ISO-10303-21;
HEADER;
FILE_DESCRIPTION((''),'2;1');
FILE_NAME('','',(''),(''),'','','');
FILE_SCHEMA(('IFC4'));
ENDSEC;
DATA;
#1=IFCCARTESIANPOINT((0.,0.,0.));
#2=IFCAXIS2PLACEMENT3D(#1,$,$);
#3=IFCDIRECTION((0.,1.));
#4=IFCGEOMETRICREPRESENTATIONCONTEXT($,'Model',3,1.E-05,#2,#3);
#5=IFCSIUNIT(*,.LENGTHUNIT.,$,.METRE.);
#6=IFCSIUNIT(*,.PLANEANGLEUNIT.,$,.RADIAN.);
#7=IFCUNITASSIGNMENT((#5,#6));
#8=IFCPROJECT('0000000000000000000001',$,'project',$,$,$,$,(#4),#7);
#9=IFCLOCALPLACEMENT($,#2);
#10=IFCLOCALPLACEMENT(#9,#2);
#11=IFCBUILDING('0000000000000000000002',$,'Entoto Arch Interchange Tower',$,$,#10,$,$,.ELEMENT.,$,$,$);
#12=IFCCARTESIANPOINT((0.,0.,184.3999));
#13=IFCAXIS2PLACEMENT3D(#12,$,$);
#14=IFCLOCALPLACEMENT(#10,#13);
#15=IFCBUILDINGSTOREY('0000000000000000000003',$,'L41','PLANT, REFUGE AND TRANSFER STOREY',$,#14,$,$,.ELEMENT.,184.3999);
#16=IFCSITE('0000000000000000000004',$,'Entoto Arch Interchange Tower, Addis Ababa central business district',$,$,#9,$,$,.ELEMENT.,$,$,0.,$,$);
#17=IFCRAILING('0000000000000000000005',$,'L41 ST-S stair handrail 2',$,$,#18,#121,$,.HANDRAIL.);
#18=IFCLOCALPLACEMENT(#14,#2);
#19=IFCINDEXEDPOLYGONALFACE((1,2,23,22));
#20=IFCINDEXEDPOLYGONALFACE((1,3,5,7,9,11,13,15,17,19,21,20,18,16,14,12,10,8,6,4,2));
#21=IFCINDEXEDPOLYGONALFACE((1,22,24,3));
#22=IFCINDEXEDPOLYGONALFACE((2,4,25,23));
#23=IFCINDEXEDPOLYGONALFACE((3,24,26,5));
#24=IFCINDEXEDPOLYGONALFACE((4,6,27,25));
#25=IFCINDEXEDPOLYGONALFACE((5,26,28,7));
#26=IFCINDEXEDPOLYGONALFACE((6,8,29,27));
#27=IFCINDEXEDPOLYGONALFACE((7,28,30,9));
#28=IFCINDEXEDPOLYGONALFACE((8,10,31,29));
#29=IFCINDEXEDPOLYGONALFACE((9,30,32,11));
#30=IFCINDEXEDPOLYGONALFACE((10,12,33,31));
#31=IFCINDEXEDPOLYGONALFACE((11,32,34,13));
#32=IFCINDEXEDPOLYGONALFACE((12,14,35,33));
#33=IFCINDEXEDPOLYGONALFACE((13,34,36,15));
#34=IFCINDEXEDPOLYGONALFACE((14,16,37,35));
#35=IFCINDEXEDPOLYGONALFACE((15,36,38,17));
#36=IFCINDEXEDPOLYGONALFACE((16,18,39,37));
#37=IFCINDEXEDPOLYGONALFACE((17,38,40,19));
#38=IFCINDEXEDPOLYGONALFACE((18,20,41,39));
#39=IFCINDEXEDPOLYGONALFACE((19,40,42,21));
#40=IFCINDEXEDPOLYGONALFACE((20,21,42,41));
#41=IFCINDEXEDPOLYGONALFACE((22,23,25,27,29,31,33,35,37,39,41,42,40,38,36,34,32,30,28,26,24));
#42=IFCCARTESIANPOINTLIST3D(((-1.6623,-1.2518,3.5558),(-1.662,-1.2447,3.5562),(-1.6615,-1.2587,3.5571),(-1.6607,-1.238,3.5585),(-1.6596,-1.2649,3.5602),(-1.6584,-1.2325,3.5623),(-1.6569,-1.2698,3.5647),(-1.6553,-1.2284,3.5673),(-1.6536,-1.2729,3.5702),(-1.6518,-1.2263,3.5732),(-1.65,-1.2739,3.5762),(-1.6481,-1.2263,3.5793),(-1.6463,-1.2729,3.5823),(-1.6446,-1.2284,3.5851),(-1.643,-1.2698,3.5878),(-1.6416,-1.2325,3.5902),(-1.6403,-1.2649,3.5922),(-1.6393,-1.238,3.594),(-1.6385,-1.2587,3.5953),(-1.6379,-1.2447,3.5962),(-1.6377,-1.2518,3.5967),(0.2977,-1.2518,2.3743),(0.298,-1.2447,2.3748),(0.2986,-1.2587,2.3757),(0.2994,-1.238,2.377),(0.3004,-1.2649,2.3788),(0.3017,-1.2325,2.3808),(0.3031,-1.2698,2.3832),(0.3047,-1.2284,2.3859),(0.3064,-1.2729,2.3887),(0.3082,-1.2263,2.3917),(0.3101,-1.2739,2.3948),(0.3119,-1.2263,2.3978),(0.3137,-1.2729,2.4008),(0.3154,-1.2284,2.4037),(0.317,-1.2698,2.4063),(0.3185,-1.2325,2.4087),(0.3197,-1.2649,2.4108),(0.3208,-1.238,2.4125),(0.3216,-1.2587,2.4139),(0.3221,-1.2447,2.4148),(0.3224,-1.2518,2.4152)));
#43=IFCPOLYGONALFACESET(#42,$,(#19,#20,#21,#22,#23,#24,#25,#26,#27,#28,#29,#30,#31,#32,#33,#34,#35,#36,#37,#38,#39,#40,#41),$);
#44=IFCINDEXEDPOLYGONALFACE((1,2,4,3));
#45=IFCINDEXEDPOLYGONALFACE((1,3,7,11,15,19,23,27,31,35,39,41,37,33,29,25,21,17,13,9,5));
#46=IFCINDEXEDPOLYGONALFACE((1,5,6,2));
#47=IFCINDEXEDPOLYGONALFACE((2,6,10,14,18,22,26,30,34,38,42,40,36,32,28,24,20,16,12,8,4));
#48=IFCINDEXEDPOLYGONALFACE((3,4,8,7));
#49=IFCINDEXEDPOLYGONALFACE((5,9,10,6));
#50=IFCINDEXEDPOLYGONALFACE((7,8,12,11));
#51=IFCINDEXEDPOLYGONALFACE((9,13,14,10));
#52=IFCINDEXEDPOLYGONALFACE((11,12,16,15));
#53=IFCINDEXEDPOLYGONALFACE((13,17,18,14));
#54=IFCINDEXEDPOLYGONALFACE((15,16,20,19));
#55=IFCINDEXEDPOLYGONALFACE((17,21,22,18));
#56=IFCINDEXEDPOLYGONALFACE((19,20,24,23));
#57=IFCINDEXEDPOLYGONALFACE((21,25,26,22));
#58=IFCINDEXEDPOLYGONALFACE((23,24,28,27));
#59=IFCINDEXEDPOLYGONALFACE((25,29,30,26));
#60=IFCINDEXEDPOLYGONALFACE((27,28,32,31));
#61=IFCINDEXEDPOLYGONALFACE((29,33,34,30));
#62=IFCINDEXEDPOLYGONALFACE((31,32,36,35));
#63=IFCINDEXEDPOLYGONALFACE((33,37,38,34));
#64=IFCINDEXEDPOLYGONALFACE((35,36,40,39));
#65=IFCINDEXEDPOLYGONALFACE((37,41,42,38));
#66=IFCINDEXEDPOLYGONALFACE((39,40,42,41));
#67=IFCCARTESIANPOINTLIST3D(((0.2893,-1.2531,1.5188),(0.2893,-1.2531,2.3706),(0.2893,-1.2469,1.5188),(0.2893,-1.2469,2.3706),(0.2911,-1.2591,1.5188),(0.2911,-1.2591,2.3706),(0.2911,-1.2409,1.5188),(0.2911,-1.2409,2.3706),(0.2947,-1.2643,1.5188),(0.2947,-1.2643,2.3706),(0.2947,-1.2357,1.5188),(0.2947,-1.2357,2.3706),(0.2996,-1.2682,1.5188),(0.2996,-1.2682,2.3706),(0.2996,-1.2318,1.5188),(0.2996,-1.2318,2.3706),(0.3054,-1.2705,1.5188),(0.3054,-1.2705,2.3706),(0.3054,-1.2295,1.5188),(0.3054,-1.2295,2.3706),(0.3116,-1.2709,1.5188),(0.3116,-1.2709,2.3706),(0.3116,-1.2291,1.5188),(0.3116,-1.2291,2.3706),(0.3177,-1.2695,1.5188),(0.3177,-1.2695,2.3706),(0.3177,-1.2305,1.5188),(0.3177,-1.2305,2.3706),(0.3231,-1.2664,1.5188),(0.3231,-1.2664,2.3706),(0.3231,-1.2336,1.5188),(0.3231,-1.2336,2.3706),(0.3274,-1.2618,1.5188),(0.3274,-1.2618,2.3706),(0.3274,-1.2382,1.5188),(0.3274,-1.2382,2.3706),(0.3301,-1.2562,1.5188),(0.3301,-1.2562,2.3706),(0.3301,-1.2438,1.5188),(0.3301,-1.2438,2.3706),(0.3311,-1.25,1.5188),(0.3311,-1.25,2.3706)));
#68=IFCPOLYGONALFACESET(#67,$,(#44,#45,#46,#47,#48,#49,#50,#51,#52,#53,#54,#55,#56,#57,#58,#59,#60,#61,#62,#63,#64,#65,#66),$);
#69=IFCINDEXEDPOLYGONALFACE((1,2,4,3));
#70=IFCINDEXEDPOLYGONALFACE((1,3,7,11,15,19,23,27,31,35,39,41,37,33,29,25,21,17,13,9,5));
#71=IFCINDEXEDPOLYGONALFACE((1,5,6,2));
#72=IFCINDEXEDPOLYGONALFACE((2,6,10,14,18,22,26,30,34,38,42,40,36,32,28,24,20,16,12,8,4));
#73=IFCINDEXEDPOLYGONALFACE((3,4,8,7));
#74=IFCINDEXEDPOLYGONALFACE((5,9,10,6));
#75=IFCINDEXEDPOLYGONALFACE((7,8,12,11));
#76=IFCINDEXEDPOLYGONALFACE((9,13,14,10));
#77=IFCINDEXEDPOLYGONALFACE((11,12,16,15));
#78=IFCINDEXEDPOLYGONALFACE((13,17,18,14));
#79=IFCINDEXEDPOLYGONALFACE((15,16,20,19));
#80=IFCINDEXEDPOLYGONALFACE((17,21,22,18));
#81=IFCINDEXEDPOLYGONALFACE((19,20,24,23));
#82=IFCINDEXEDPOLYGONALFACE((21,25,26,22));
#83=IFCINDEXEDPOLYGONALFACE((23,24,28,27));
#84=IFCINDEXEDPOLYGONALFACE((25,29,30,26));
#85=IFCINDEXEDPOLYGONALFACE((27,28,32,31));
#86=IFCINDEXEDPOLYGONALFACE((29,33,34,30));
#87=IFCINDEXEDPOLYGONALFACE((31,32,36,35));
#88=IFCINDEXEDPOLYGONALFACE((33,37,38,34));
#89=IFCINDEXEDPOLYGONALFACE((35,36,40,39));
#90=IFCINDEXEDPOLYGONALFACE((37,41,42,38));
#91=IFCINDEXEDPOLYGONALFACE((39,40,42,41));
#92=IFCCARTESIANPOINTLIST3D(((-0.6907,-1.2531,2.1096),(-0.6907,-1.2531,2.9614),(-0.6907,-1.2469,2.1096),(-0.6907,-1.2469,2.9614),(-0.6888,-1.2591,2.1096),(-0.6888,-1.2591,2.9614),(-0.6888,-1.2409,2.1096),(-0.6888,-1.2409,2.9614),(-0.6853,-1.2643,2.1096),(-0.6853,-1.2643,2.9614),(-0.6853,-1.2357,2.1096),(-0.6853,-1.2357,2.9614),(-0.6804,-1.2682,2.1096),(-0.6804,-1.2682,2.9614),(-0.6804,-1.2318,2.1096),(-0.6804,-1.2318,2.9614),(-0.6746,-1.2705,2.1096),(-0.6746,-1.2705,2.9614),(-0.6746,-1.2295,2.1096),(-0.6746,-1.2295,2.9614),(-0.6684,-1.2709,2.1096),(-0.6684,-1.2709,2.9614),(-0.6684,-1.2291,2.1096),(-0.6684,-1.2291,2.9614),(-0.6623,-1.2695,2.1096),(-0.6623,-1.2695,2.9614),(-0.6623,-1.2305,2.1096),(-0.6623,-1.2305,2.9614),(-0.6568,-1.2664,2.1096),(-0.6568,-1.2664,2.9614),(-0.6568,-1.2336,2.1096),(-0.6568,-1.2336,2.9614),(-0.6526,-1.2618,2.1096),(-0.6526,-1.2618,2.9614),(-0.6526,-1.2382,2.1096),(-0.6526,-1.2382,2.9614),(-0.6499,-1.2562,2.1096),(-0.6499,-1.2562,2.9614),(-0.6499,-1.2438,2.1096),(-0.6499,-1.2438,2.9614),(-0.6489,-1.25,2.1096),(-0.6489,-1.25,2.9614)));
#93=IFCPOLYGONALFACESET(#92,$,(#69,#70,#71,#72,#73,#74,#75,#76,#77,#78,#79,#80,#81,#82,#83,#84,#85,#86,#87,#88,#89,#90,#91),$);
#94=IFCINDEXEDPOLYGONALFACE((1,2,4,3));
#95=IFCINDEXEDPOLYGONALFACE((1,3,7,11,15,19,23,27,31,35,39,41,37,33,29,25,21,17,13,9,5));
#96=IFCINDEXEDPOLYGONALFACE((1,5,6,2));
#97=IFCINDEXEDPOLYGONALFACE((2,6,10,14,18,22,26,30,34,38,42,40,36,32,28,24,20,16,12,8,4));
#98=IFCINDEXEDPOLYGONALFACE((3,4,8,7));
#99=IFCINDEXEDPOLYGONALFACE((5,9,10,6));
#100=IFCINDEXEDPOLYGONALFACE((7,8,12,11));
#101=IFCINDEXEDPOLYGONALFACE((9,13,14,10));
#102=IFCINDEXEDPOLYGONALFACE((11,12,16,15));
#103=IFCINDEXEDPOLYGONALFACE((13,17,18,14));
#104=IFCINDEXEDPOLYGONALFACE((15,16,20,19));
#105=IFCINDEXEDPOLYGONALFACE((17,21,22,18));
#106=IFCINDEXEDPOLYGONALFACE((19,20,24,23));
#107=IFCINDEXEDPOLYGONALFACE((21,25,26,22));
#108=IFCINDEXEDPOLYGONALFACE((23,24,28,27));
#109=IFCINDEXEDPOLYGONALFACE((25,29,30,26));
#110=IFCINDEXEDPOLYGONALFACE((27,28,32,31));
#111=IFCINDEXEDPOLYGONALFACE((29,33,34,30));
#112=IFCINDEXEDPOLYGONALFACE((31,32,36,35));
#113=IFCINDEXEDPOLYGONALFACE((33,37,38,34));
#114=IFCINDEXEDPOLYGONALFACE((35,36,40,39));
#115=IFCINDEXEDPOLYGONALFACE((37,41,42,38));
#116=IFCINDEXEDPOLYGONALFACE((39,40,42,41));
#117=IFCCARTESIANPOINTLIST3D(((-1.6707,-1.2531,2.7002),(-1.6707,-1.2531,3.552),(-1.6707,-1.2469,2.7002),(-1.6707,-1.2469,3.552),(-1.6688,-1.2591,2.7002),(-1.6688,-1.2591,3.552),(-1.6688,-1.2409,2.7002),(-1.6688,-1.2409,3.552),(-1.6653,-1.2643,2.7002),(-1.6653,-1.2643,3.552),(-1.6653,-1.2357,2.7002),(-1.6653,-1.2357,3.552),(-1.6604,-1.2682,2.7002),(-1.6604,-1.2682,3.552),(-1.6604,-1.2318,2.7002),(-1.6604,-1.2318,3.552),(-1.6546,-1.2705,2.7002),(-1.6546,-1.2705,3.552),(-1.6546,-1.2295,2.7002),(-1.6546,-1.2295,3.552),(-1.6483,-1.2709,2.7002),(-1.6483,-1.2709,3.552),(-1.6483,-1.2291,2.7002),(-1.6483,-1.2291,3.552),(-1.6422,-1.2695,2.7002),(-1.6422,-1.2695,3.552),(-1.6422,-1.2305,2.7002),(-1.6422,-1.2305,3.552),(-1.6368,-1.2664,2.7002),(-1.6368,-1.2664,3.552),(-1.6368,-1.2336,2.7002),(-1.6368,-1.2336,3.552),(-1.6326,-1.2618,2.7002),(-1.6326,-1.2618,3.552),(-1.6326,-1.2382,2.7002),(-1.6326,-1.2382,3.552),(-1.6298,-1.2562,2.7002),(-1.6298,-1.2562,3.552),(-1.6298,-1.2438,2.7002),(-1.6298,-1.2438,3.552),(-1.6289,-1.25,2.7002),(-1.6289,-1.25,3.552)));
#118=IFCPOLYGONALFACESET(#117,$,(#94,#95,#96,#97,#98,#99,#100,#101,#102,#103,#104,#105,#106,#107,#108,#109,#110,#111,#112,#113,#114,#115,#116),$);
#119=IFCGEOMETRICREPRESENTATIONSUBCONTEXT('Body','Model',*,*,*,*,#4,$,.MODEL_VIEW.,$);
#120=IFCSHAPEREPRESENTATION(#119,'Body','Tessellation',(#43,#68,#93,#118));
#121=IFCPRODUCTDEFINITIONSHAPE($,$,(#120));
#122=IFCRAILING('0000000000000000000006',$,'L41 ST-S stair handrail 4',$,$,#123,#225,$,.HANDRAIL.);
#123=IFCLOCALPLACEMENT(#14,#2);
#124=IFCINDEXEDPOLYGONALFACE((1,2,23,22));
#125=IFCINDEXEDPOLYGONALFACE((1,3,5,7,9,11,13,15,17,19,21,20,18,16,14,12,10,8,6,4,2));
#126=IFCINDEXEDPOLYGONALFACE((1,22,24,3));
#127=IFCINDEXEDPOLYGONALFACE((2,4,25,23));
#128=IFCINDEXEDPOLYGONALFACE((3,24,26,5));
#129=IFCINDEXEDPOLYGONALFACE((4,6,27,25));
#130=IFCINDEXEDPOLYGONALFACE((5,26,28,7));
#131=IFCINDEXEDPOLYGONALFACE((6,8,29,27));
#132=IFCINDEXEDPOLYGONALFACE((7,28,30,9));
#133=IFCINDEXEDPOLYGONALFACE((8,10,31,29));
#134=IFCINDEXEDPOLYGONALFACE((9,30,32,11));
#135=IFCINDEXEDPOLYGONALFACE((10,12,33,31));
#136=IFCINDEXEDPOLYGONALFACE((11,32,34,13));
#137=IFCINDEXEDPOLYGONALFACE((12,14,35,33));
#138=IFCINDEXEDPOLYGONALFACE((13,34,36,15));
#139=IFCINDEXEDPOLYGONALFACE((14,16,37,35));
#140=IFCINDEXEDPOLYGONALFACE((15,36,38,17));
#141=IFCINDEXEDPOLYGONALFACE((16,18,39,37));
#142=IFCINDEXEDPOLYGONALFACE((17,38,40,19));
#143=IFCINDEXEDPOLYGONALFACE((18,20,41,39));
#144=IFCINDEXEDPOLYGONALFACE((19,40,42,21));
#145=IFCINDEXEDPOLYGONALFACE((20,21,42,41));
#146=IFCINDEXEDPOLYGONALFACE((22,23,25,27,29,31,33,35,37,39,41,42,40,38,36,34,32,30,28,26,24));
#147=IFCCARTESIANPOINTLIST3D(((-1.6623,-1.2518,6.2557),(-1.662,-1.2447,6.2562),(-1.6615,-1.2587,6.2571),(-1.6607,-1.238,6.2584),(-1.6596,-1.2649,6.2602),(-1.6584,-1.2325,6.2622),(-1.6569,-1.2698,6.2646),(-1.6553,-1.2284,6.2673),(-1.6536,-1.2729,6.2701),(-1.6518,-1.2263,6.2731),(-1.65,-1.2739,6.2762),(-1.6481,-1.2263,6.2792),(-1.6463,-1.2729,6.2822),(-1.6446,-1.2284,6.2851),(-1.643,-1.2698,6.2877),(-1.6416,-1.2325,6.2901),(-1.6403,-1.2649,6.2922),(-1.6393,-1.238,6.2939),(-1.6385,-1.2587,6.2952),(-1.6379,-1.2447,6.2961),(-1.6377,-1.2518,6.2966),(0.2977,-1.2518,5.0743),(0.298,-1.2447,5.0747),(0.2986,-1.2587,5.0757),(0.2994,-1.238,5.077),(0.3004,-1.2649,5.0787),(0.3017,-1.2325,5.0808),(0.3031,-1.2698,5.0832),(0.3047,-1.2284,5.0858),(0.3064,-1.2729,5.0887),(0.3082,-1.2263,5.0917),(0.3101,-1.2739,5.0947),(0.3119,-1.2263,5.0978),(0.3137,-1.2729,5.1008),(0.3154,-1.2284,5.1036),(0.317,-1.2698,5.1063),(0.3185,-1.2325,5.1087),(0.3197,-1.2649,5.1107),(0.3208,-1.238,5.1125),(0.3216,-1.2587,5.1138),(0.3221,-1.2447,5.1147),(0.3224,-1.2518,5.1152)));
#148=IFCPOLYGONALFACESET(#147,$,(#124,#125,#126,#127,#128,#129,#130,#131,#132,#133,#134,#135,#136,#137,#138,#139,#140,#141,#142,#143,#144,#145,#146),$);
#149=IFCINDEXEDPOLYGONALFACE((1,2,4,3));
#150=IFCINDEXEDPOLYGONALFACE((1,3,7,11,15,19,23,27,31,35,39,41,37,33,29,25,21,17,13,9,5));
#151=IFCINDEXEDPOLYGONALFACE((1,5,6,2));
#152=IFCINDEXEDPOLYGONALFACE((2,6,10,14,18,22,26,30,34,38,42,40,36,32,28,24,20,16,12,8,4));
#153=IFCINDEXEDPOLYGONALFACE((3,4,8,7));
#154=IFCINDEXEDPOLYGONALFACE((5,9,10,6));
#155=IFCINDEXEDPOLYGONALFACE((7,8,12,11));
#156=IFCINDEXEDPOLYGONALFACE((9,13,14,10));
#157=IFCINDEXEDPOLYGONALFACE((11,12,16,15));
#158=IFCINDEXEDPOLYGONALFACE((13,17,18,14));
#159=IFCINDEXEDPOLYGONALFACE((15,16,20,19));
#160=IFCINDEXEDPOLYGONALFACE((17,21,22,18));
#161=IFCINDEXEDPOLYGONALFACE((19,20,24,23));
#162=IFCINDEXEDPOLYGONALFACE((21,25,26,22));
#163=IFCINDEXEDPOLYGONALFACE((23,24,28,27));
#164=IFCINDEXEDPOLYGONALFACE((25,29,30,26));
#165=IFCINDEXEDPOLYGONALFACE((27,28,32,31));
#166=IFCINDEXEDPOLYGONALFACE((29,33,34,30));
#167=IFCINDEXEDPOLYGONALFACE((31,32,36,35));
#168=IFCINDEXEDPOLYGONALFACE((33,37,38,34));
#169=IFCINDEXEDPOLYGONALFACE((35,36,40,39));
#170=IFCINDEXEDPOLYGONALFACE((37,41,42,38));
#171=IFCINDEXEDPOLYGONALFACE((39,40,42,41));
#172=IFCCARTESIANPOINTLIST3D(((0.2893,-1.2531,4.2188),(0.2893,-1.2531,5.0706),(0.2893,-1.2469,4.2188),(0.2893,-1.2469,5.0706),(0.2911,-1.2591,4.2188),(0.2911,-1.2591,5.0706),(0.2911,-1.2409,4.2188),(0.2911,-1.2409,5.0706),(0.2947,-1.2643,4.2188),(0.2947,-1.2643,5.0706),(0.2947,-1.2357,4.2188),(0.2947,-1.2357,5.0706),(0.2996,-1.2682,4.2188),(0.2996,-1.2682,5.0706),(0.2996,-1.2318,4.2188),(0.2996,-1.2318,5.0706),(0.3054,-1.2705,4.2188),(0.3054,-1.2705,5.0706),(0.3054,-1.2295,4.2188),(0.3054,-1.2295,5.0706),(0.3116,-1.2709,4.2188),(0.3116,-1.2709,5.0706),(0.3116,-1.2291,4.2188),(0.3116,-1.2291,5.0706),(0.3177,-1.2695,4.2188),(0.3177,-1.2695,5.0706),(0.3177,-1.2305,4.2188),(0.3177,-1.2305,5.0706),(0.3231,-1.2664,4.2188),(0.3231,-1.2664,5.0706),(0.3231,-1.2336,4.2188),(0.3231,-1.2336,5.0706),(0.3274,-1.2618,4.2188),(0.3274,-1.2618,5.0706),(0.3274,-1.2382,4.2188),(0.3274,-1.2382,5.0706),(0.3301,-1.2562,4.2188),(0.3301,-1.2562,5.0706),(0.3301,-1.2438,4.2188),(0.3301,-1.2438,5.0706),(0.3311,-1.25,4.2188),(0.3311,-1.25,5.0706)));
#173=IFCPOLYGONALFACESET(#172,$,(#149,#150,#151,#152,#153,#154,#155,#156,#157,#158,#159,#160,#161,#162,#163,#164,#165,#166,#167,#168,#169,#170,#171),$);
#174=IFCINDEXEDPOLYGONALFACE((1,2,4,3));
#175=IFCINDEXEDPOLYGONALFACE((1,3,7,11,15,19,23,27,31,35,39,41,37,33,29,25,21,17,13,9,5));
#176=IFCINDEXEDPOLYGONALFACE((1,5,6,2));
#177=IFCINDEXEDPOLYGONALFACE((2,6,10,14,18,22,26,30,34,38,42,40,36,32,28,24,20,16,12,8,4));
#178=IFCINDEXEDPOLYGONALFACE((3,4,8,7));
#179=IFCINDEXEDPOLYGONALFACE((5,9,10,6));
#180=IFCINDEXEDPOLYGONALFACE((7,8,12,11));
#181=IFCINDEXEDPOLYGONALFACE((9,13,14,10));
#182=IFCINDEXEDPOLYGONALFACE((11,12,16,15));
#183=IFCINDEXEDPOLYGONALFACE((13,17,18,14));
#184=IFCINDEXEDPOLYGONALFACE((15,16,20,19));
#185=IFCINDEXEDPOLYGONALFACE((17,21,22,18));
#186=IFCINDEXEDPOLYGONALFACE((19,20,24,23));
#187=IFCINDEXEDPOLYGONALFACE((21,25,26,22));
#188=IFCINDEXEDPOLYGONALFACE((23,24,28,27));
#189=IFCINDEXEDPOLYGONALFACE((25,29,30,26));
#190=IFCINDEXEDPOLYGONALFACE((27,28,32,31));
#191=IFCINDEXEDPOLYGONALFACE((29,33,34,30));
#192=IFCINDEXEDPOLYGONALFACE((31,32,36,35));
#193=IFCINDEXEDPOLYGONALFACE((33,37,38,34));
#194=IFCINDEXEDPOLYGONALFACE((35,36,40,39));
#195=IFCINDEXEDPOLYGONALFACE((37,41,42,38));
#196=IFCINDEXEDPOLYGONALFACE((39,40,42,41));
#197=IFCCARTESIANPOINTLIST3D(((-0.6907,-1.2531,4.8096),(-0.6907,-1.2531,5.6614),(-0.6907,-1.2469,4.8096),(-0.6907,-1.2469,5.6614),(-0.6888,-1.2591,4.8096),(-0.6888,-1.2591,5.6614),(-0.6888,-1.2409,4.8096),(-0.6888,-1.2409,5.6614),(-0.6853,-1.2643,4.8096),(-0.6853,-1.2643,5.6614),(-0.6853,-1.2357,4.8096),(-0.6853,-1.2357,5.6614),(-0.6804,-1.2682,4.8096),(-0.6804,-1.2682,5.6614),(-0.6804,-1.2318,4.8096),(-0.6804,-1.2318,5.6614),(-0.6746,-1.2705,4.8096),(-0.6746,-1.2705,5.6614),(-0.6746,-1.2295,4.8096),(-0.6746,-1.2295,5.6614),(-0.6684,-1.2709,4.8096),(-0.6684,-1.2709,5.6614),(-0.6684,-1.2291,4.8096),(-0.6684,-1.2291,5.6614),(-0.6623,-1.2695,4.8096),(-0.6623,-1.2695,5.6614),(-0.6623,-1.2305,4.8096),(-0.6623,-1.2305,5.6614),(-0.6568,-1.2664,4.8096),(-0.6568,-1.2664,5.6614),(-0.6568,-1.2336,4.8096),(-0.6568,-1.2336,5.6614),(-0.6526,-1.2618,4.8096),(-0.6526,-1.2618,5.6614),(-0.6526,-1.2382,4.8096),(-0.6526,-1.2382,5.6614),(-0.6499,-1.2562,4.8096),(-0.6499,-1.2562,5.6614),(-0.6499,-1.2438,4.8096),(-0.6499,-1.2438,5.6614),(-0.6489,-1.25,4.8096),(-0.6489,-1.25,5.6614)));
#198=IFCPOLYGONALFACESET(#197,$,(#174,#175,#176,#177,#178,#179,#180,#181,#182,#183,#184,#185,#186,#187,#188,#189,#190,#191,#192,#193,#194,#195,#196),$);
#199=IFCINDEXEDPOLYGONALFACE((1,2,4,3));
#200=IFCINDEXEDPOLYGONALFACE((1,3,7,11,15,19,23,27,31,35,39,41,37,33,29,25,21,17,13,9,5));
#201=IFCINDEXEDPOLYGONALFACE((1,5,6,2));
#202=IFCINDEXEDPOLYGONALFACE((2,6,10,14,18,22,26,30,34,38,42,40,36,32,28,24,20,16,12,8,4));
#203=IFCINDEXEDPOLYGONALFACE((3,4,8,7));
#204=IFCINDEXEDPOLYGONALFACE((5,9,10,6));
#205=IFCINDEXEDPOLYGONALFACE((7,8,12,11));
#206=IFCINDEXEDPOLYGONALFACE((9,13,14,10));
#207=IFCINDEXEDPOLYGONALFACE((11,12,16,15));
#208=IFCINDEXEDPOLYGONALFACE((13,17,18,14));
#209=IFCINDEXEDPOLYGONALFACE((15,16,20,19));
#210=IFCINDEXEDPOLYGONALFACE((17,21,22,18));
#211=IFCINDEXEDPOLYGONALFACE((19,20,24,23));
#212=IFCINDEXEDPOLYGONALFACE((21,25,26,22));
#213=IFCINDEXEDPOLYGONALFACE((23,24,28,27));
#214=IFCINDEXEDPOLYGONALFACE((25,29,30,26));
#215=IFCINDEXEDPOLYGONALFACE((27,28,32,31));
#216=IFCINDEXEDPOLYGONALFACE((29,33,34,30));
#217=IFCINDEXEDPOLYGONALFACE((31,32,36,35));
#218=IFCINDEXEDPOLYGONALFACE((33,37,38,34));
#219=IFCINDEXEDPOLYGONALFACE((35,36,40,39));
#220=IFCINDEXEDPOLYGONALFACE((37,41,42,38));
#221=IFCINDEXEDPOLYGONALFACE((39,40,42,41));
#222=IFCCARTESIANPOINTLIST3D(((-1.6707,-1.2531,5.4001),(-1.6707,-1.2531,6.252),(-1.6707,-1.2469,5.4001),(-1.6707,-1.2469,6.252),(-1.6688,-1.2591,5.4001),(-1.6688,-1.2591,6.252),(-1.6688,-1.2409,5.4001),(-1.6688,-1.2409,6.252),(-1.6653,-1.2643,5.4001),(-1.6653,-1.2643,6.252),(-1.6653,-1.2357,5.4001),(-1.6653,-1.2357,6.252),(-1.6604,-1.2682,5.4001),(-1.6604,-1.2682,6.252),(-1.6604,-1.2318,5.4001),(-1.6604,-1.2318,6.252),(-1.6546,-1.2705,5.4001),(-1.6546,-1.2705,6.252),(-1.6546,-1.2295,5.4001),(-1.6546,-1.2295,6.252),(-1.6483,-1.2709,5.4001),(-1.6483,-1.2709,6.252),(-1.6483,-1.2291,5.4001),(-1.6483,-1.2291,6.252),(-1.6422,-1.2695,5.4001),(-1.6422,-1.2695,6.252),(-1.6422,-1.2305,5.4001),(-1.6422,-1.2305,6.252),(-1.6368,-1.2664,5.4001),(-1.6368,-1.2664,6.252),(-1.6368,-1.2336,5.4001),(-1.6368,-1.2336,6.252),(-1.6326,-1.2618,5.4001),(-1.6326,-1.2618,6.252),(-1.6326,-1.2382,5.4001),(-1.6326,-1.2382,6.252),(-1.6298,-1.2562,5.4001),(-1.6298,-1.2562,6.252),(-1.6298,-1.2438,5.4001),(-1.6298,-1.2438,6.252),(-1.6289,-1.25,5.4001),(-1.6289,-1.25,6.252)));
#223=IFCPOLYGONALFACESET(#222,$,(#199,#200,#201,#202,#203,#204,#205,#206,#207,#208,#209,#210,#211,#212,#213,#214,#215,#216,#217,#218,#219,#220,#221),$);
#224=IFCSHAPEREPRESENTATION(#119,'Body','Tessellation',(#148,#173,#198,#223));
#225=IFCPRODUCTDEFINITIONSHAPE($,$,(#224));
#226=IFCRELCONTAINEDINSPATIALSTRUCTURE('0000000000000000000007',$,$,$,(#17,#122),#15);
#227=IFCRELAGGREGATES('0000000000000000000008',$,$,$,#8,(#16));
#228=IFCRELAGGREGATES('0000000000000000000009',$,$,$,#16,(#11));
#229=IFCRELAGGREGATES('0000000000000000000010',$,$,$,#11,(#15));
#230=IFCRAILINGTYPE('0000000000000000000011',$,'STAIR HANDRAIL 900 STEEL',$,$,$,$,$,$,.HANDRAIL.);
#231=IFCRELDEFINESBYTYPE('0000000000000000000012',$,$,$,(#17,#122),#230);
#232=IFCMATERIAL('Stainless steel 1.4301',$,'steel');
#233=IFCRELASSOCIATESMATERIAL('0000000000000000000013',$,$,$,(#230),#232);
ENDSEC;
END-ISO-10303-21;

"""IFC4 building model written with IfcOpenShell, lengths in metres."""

from ifc_helpers import new_model, si_unit, direction, frame, origin, origin_2d, place, context, subcontext, project, spatial, circle, extrude, material, type_object, element, save


model = new_model("IFC4")

# Units and contexts
model_context = context("Model", 3, precision=1e-05, world=origin(), true_north=direction((0.0, 1.0)))
body_context = subcontext(model_context, "Body", "Model", "MODEL_VIEW")
ifc_project = project(units=[si_unit("LENGTHUNIT", "METRE"), si_unit("PLANEANGLEUNIT", "RADIAN")], contexts=[model_context])

# Site, building, storey
site_placement = place(None, origin())
site = spatial("IfcSite", under=ifc_project, at=site_placement, Name="Entoto Arch Interchange Tower, Addis Ababa central business district", CompositionType="ELEMENT", RefElevation=0.0)
building_placement = place(site_placement, origin())
building = spatial("IfcBuilding", under=site, at=building_placement, Name="Entoto Arch Interchange Tower", CompositionType="ELEMENT")
storey_placement = place(building_placement, frame((0.0, 0.0, 184.3999)))
storey = spatial("IfcBuildingStorey", under=building, at=storey_placement, Name="L41", Description="PLANT, REFUGE AND TRANSFER STOREY", CompositionType="ELEMENT", Elevation=184.3999)

# Railings
ifc_material_1 = material(Name="Stainless steel 1.4301", Category="steel")
railing_type_1 = type_object("IfcRailingType", Name="STAIR HANDRAIL 900 STEEL", PredefinedType="HANDRAIL", material=ifc_material_1)
for number, where, name in (
    (1, (0.3101, -1.25, 1.5188), "L41 ST-S stair handrail 2"),
    (2, (0.3101, -1.25, 4.2188), "L41 ST-S stair handrail 4"),
):
    element("IfcRailing", number, at=place(storey_placement, frame(where)), inside=storey, type_object=railing_type_1, Name=name, PredefinedType="HANDRAIL", context=body_context, shape_type="SweptSolid", body=[
        extrude(circle(Radius=0.0239, at=origin_2d()), frame((0.0, 0.0, 0.876), z_axis=(-0.856446, 0.0, 0.516236), x_axis=(0.0, -1.0, 0.0)), (0.0, 0.0, 1.0), 2.2886),
        extrude(circle(Radius=0.021, at=origin_2d()), origin(), (0.0, 0.0, 1.0), 0.8518),
        extrude(circle(Radius=0.021, at=origin_2d()), frame((-0.98, 0.0, 0.5908)), (0.0, 0.0, 1.0), 0.8518),
        extrude(circle(Radius=0.021, at=origin_2d()), frame((-1.96, 0.0, 1.1814)), (0.0, 0.0, 1.0), 0.8518),
    ])

save(model, "model.ifc")
